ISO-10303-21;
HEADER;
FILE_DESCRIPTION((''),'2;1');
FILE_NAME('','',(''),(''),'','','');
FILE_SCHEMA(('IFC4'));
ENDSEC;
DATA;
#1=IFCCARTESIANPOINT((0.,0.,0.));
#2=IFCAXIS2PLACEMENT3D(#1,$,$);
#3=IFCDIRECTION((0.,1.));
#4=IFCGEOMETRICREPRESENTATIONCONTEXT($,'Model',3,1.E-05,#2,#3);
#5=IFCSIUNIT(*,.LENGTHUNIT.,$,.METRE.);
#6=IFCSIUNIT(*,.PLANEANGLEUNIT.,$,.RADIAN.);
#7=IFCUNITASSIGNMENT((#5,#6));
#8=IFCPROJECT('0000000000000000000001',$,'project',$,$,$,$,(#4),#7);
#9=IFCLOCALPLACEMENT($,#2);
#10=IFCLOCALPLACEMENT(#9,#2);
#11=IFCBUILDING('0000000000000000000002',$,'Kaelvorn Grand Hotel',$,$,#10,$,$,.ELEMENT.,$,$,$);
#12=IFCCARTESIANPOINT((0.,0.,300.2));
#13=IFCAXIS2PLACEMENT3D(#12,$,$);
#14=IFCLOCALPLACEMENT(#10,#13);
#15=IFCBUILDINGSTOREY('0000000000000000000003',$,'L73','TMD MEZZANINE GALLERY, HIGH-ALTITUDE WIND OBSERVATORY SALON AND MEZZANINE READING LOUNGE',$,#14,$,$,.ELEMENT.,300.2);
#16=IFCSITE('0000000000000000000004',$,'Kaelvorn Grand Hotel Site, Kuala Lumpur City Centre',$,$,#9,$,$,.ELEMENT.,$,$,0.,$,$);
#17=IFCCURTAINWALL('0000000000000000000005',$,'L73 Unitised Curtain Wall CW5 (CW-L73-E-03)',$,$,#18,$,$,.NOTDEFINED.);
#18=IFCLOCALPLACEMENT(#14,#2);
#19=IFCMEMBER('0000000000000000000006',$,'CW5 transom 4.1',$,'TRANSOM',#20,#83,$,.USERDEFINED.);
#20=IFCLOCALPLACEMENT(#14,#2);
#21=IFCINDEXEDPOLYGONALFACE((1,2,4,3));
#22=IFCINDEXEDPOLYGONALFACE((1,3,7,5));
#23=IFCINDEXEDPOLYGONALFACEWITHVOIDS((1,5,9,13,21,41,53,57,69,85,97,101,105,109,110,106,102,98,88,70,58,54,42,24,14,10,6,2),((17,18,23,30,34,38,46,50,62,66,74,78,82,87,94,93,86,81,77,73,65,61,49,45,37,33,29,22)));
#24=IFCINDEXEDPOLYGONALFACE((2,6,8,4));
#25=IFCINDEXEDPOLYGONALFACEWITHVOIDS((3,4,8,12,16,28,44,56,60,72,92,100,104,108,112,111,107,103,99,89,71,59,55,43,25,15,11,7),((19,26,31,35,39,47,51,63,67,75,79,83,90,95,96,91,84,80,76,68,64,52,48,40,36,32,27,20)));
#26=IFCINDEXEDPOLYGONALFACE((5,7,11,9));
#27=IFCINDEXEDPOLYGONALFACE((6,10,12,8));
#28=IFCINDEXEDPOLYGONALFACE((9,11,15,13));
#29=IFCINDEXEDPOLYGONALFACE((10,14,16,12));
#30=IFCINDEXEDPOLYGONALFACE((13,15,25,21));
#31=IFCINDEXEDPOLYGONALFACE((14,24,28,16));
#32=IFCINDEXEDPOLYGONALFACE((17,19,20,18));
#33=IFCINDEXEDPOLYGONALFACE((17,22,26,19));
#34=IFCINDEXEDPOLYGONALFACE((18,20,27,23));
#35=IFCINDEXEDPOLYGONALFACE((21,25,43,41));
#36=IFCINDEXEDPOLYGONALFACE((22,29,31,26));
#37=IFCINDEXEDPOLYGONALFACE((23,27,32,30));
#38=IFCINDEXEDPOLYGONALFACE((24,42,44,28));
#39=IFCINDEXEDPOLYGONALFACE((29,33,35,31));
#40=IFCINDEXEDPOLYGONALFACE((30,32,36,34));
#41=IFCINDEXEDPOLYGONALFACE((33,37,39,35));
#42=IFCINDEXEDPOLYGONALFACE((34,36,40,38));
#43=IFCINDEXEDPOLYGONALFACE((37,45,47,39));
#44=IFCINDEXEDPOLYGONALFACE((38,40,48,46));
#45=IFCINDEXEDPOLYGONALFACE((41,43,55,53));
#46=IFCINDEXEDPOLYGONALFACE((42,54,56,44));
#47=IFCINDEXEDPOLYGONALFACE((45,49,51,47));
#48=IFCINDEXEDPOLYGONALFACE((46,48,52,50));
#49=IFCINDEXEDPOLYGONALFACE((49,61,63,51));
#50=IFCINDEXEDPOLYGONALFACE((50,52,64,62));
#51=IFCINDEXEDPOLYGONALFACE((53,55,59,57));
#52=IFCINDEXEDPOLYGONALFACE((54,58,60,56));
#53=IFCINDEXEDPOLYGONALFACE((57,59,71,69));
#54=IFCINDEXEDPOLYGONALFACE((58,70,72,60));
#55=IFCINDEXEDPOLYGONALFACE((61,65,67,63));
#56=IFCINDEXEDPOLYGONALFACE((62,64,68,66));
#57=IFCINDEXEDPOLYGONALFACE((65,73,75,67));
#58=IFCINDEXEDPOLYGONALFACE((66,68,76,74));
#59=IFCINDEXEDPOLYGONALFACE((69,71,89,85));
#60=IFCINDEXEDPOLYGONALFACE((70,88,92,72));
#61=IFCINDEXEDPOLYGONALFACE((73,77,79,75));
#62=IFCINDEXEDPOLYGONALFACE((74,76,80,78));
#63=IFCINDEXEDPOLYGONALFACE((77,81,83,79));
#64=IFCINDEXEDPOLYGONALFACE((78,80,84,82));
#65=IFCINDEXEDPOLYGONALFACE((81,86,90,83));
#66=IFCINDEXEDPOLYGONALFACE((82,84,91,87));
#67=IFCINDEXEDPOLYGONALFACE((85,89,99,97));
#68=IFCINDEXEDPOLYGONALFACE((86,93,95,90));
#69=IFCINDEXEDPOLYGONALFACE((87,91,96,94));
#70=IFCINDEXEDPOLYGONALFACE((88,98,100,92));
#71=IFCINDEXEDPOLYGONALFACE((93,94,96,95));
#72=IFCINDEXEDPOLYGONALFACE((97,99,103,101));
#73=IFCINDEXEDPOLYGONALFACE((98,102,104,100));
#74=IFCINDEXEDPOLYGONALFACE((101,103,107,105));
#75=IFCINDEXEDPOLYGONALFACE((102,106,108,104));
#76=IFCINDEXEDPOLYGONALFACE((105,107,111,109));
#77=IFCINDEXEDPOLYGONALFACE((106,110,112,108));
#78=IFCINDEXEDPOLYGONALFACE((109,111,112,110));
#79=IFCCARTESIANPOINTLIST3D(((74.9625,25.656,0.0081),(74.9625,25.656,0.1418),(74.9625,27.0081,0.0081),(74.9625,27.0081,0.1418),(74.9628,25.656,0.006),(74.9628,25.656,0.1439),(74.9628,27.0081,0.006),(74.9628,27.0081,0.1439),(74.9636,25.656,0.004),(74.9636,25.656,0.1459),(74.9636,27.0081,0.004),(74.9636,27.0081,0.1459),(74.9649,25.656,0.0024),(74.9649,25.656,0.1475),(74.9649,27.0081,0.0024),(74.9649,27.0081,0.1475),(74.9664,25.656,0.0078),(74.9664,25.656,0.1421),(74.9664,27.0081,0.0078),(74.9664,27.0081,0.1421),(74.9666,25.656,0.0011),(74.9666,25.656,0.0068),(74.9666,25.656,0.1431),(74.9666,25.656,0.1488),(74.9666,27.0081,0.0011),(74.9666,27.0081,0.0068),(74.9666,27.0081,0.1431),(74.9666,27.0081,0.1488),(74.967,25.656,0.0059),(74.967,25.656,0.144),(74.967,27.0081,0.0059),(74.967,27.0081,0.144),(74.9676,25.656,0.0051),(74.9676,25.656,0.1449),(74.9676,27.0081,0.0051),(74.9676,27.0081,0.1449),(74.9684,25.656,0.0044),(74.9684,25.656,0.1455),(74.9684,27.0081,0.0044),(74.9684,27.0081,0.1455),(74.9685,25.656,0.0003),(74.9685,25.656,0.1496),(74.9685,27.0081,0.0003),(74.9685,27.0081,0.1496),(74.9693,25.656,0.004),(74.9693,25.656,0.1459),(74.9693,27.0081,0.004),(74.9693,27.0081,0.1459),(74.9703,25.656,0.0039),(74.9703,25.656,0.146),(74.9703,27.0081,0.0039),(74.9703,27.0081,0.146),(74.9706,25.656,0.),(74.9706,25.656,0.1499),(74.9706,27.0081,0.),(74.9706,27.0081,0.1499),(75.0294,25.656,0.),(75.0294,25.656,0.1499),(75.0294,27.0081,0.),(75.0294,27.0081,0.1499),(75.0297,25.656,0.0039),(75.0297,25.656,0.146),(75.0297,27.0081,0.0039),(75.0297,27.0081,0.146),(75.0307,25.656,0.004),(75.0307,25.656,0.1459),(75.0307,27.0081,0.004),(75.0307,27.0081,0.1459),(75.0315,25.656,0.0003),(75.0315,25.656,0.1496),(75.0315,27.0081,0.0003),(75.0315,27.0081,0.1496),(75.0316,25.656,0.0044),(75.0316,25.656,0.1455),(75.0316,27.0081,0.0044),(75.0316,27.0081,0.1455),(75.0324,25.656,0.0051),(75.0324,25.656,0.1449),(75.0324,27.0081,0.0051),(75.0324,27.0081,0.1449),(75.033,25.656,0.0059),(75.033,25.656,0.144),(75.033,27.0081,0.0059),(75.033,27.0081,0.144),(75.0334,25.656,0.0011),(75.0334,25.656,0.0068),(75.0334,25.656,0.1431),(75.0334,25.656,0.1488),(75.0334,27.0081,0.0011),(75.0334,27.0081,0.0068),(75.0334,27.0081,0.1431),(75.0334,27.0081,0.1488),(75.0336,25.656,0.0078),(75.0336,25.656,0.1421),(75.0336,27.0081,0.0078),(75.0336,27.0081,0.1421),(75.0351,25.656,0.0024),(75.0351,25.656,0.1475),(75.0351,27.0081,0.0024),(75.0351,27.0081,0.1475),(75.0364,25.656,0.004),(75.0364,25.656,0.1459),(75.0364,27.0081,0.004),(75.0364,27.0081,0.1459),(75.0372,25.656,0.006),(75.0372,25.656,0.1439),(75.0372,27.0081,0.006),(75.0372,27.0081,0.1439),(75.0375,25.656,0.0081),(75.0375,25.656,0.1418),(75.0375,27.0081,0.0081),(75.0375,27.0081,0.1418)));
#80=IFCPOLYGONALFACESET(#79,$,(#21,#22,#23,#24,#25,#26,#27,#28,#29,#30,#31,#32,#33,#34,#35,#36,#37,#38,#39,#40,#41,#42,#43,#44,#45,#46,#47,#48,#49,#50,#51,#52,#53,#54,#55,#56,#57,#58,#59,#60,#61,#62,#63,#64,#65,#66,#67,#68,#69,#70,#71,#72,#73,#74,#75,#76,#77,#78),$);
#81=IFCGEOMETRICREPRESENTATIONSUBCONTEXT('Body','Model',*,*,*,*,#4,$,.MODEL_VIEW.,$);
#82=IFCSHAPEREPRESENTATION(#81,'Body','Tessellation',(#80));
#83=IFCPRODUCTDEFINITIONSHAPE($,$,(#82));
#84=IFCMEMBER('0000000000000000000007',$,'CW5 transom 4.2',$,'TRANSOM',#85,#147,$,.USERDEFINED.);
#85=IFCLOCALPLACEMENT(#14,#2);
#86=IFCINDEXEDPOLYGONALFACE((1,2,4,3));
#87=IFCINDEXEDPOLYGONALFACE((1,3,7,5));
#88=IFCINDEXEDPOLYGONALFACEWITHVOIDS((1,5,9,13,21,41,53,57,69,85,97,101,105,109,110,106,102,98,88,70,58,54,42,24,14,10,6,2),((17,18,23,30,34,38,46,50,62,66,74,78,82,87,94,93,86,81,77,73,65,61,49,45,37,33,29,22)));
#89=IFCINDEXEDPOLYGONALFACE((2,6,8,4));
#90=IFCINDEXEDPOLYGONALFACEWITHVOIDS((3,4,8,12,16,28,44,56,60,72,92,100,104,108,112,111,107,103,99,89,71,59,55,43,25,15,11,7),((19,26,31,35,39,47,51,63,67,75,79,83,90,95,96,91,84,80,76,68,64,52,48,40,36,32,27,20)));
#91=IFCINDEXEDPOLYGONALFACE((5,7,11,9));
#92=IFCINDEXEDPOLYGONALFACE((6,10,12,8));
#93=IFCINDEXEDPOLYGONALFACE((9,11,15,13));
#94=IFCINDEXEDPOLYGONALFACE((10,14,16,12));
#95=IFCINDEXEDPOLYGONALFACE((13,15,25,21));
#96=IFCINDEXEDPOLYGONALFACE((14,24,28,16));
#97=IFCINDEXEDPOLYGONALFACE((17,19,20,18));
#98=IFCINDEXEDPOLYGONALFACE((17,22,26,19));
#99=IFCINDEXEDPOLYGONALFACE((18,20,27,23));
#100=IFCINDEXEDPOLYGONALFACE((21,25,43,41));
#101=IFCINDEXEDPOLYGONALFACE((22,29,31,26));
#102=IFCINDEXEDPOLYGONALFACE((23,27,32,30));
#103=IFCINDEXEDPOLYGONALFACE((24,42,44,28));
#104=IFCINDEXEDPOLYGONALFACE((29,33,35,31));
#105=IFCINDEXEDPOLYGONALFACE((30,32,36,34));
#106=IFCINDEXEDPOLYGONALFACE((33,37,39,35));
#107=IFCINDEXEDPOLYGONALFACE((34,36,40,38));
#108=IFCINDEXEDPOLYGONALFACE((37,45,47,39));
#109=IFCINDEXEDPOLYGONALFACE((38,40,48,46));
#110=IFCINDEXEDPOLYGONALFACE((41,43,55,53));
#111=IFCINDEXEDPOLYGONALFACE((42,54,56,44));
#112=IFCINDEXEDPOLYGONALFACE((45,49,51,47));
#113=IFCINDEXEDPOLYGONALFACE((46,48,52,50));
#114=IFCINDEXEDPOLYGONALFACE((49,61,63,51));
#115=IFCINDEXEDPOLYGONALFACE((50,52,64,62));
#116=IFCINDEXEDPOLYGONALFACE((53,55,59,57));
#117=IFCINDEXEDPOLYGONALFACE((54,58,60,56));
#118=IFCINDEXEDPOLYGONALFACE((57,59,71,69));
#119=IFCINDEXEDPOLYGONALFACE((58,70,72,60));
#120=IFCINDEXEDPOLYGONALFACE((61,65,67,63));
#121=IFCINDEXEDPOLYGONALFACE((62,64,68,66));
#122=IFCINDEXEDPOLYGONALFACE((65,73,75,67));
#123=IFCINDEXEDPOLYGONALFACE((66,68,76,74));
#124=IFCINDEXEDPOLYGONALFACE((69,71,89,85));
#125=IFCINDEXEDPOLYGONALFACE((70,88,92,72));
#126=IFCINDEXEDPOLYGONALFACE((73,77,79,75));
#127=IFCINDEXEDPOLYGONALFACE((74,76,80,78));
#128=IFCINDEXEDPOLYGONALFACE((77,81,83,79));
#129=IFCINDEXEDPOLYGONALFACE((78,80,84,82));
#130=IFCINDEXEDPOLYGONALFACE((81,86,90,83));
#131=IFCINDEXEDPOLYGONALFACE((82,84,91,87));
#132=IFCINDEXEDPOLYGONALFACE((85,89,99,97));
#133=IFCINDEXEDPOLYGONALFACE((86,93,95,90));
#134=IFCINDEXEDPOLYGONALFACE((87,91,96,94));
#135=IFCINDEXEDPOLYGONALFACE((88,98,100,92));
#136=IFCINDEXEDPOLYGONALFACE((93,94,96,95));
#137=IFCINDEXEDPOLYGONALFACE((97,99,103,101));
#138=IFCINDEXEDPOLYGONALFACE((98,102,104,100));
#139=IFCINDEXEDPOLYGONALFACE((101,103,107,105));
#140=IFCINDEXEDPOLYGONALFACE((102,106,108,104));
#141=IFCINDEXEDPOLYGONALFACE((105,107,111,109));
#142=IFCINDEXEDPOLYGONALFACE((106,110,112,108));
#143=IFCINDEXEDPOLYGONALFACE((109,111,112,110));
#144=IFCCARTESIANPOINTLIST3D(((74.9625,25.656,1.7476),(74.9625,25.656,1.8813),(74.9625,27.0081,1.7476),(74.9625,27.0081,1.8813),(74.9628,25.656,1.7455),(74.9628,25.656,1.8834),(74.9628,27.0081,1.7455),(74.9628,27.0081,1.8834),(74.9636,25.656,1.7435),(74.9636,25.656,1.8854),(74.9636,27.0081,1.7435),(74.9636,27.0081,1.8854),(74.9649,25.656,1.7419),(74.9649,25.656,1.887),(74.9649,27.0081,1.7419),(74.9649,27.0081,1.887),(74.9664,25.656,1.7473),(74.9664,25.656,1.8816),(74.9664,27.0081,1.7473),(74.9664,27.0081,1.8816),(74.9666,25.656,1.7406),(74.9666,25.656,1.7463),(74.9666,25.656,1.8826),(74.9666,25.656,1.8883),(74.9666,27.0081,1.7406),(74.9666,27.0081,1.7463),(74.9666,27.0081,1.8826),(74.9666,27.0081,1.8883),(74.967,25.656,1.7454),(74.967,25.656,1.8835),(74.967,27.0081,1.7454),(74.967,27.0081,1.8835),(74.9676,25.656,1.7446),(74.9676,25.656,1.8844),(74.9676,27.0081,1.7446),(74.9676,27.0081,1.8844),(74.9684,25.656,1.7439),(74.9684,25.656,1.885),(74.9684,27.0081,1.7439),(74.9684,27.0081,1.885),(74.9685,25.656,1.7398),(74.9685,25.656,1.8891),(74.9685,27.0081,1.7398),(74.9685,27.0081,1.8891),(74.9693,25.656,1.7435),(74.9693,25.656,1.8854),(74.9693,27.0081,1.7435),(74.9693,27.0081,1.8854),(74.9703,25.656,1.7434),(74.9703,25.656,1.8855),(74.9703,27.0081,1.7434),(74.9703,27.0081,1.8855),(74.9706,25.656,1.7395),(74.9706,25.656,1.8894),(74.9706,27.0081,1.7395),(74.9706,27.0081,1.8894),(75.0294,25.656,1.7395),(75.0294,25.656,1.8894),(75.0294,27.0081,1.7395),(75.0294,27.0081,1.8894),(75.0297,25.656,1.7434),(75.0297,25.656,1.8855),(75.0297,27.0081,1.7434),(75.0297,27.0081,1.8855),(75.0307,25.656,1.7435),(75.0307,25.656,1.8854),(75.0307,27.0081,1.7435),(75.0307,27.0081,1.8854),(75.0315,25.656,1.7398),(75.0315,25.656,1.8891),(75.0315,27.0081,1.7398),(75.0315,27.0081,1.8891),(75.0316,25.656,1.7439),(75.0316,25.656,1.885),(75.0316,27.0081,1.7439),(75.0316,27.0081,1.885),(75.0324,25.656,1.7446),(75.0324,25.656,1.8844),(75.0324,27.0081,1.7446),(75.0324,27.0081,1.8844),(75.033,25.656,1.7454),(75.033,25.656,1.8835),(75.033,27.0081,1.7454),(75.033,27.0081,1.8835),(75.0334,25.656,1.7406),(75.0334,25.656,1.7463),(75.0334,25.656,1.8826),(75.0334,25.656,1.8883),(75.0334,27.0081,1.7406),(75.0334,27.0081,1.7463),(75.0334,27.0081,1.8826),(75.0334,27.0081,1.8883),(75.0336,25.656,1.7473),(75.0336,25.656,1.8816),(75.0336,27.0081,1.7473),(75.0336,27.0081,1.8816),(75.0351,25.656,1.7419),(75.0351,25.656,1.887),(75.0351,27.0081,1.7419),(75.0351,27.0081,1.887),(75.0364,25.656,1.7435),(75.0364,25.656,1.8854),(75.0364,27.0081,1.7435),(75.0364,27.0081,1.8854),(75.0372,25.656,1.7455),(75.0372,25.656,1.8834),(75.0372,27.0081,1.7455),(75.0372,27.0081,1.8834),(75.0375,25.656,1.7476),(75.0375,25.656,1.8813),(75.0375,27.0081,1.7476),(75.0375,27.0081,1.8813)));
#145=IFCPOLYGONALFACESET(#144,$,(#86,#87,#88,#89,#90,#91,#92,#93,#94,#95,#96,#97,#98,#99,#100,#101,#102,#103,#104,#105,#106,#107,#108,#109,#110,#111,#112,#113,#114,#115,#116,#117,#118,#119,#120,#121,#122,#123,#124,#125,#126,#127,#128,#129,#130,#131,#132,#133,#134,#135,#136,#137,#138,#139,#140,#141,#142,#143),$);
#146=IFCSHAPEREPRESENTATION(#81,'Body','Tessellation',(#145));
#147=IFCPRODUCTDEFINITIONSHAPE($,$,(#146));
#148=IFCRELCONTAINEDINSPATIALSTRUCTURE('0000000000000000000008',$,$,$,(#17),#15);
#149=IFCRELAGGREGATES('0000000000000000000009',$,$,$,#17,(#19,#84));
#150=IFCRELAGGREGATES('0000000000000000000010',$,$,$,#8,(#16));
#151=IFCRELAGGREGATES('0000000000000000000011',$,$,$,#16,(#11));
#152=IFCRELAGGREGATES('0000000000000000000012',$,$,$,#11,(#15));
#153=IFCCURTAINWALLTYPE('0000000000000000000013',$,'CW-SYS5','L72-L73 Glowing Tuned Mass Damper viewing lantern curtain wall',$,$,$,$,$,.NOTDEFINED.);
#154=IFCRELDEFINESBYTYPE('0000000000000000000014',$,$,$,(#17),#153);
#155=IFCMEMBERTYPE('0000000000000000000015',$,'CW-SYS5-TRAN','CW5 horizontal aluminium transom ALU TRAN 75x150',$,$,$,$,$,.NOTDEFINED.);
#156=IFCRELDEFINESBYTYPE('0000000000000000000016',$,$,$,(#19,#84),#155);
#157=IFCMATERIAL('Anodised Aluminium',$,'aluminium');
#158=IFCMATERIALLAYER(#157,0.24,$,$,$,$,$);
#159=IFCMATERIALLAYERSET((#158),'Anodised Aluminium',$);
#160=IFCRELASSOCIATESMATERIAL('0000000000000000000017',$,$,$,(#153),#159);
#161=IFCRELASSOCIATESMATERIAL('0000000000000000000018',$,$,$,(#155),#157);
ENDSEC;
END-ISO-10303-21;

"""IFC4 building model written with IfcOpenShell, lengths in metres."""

from ifc_helpers import new_model, si_unit, direction, frame, origin, origin_2d, place, context, subcontext, project, spatial, hollow_rectangle, extrude, material, layer, layer_set, material_profile, profile_set, type_object, element, aggregate, save


model = new_model("IFC4")

# Units and contexts
model_context = context("Model", 3, precision=1e-05, world=origin(), true_north=direction((0.0, 1.0)))
body_context = subcontext(model_context, "Body", "Model", "MODEL_VIEW")
ifc_project = project(units=[si_unit("LENGTHUNIT", "METRE"), si_unit("PLANEANGLEUNIT", "RADIAN")], contexts=[model_context])

# Site, building, storey
site_placement = place(None, origin())
site = spatial("IfcSite", under=ifc_project, at=site_placement, Name="Kaelvorn Grand Hotel Site, Kuala Lumpur City Centre", CompositionType="ELEMENT", RefElevation=0.0)
building_placement = place(site_placement, origin())
building = spatial("IfcBuilding", under=site, at=building_placement, Name="Kaelvorn Grand Hotel", CompositionType="ELEMENT")
storey_placement = place(building_placement, frame((0.0, 0.0, 300.2)))
storey = spatial("IfcBuildingStorey", under=building, at=storey_placement, Name="L73", Description="TMD MEZZANINE GALLERY, HIGH-ALTITUDE WIND OBSERVATORY SALON AND MEZZANINE READING LOUNGE", CompositionType="ELEMENT", Elevation=300.2)

# Curtain wall, members
ifc_material_1 = material(Name="Anodised Aluminium", Category="aluminium")
ifc_layer_1 = layer(ifc_material_1, 0.24)
ifc_layer_set_1 = layer_set([ifc_layer_1], Name="Anodised Aluminium")
curtain_wall_type = type_object("IfcCurtainWallType", Name="CW-SYS5", Description="L72-L73 Glowing Tuned Mass Damper viewing lantern curtain wall", PredefinedType="NOTDEFINED", material=ifc_layer_set_1)
curtain_wall_placement = place(storey_placement, origin())
curtain_wall = element("IfcCurtainWall", 1, at=curtain_wall_placement, inside=storey, type_object=curtain_wall_type, Name="L73 Unitised Curtain Wall CW5 (CW-L73-E-03)", PredefinedType="NOTDEFINED")
ifc_material_profile_1 = material_profile(ifc_material_1, hollow_rectangle(XDim=0.075, YDim=0.1499, WallThickness=0.0039, InnerFilletRadius=0.0039, OuterFilletRadius=0.0081, at=origin_2d()), Name="ALU TRAN 75x150")
ifc_profile_set_1 = profile_set([ifc_material_profile_1], Name="Anodised Aluminium")
member_type_1 = type_object("IfcMemberType", Name="CW-SYS5-TRAN", Description="CW5 horizontal aluminium transom ALU TRAN 75x150", PredefinedType="NOTDEFINED", material=ifc_profile_set_1)
member_1_placement = place(storey_placement, frame((75.0, 25.656, 0.075), z_axis=(0.0, 1.0, 0.0), x_axis=(-1.0, 0.0, 0.0)))
member_1 = element("IfcMember", 2, at=member_1_placement, type_object=member_type_1, Name="CW5 transom 4.1", ObjectType="TRANSOM", PredefinedType="USERDEFINED", context=body_context, shape_type="SweptSolid", body=[
    extrude(hollow_rectangle(XDim=0.075, YDim=0.1499, WallThickness=0.0039, InnerFilletRadius=0.0039, OuterFilletRadius=0.0081, at=origin_2d()), origin(), (0.0, 0.0, 1.0), 1.3521),
])
member_2_placement = place(storey_placement, frame((75.0, 25.656, 1.8145), z_axis=(0.0, 1.0, 0.0), x_axis=(-1.0, 0.0, 0.0)))
member_2 = element("IfcMember", 3, at=member_2_placement, type_object=member_type_1, Name="CW5 transom 4.2", ObjectType="TRANSOM", PredefinedType="USERDEFINED", context=body_context, shape_type="SweptSolid", body=[
    extrude(hollow_rectangle(XDim=0.075, YDim=0.1499, WallThickness=0.0039, InnerFilletRadius=0.0039, OuterFilletRadius=0.0081, at=origin_2d()), origin(), (0.0, 0.0, 1.0), 1.3521),
])
aggregate(curtain_wall, [member_1, member_2])

save(model, "model.ifc")
